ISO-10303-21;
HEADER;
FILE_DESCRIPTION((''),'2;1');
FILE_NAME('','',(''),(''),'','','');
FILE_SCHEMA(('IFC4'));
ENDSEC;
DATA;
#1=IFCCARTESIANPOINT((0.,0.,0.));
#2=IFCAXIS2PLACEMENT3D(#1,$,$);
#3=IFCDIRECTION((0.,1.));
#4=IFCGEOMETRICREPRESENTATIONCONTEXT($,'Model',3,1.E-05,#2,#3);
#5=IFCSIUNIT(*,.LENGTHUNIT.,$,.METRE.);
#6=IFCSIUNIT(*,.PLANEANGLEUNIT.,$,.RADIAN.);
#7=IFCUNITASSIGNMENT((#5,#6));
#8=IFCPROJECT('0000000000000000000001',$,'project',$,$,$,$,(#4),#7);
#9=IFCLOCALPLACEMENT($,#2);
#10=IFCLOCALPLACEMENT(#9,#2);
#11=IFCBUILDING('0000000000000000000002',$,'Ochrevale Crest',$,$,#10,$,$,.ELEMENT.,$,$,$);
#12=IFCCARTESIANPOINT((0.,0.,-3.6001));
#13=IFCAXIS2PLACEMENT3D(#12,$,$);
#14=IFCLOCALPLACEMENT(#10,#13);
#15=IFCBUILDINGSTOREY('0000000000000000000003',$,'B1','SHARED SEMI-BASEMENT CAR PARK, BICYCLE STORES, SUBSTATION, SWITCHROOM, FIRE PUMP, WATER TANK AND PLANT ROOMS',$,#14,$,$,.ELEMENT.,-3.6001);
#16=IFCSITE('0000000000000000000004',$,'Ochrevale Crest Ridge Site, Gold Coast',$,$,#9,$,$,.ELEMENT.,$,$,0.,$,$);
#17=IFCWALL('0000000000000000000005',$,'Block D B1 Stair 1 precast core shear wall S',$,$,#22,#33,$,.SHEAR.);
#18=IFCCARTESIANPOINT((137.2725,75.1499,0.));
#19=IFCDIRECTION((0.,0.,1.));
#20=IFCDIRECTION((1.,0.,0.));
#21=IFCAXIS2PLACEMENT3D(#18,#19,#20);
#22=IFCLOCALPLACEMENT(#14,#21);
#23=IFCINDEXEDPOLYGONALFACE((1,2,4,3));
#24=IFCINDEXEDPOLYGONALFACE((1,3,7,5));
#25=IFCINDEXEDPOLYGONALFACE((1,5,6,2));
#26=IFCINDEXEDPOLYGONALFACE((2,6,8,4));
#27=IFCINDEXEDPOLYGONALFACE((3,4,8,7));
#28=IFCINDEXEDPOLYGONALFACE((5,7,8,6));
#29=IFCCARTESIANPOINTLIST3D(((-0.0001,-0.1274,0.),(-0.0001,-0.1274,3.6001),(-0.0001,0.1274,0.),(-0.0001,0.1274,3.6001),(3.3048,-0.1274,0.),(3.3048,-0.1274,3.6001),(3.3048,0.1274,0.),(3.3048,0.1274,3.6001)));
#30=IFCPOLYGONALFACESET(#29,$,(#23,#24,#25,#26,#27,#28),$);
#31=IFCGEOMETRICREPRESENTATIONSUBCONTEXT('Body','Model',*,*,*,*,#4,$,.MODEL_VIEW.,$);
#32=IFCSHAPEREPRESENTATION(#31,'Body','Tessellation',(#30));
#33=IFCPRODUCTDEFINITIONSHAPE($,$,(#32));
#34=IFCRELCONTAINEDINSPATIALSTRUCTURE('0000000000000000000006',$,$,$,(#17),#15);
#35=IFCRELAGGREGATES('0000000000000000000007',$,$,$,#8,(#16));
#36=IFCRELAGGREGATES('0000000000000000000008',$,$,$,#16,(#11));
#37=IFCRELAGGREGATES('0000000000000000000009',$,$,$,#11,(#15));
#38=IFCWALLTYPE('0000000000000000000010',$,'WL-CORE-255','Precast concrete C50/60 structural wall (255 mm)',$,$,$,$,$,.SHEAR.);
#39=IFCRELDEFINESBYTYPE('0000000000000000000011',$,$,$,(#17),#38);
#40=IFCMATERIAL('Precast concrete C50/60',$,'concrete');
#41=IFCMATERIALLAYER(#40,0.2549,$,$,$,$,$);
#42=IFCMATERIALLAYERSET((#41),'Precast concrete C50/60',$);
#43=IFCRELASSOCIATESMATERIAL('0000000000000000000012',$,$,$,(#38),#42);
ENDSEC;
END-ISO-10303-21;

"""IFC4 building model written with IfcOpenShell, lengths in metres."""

from ifc_helpers import new_model, si_unit, direction, frame, frame_2d, origin, place, context, subcontext, project, spatial, rectangle, extrude, material, layer, layer_set, type_object, element, save


model = new_model("IFC4")

# Units and contexts
model_context = context("Model", 3, precision=1e-05, world=origin(), true_north=direction((0.0, 1.0)))
body_context = subcontext(model_context, "Body", "Model", "MODEL_VIEW")
ifc_project = project(units=[si_unit("LENGTHUNIT", "METRE"), si_unit("PLANEANGLEUNIT", "RADIAN")], contexts=[model_context])

# Site, building, storey
site_placement = place(None, origin())
site = spatial("IfcSite", under=ifc_project, at=site_placement, Name="Ochrevale Crest Ridge Site, Gold Coast", CompositionType="ELEMENT", RefElevation=0.0)
building_placement = place(site_placement, origin())
building = spatial("IfcBuilding", under=site, at=building_placement, Name="Ochrevale Crest", CompositionType="ELEMENT")
storey_placement = place(building_placement, frame((0.0, 0.0, -3.6001)))
storey = spatial("IfcBuildingStorey", under=building, at=storey_placement, Name="B1", Description="SHARED SEMI-BASEMENT CAR PARK, BICYCLE STORES, SUBSTATION, SWITCHROOM, FIRE PUMP, WATER TANK AND PLANT ROOMS", CompositionType="ELEMENT", Elevation=-3.6001)

# Shared definitions
ifc_material_1 = material(Name="Precast concrete C50/60", Category="concrete")

# Wall
ifc_layer = layer(ifc_material_1, 0.2549)
ifc_layer_set = layer_set([ifc_layer], Name="Precast concrete C50/60")
wall_type = type_object("IfcWallType", Name="WL-CORE-255", Description="Precast concrete C50/60 structural wall (255 mm)", PredefinedType="SHEAR", material=ifc_layer_set)
wall_placement = place(storey_placement, frame((137.2725, 75.1499, 0.0), z_axis=(0.0, 0.0, 1.0), x_axis=(1.0, 0.0, 0.0)))
element("IfcWall", 1, at=wall_placement, inside=storey, type_object=wall_type, Name="Block D B1 Stair 1 precast core shear wall S", PredefinedType="SHEAR", context=body_context, shape_type="SweptSolid", body=[
    extrude(rectangle(XDim=3.3049, YDim=0.2549, at=frame_2d((1.6523, 0.0))), origin(), (0.0, 0.0, 1.0), 3.6001),
])

save(model, "model.ifc")
